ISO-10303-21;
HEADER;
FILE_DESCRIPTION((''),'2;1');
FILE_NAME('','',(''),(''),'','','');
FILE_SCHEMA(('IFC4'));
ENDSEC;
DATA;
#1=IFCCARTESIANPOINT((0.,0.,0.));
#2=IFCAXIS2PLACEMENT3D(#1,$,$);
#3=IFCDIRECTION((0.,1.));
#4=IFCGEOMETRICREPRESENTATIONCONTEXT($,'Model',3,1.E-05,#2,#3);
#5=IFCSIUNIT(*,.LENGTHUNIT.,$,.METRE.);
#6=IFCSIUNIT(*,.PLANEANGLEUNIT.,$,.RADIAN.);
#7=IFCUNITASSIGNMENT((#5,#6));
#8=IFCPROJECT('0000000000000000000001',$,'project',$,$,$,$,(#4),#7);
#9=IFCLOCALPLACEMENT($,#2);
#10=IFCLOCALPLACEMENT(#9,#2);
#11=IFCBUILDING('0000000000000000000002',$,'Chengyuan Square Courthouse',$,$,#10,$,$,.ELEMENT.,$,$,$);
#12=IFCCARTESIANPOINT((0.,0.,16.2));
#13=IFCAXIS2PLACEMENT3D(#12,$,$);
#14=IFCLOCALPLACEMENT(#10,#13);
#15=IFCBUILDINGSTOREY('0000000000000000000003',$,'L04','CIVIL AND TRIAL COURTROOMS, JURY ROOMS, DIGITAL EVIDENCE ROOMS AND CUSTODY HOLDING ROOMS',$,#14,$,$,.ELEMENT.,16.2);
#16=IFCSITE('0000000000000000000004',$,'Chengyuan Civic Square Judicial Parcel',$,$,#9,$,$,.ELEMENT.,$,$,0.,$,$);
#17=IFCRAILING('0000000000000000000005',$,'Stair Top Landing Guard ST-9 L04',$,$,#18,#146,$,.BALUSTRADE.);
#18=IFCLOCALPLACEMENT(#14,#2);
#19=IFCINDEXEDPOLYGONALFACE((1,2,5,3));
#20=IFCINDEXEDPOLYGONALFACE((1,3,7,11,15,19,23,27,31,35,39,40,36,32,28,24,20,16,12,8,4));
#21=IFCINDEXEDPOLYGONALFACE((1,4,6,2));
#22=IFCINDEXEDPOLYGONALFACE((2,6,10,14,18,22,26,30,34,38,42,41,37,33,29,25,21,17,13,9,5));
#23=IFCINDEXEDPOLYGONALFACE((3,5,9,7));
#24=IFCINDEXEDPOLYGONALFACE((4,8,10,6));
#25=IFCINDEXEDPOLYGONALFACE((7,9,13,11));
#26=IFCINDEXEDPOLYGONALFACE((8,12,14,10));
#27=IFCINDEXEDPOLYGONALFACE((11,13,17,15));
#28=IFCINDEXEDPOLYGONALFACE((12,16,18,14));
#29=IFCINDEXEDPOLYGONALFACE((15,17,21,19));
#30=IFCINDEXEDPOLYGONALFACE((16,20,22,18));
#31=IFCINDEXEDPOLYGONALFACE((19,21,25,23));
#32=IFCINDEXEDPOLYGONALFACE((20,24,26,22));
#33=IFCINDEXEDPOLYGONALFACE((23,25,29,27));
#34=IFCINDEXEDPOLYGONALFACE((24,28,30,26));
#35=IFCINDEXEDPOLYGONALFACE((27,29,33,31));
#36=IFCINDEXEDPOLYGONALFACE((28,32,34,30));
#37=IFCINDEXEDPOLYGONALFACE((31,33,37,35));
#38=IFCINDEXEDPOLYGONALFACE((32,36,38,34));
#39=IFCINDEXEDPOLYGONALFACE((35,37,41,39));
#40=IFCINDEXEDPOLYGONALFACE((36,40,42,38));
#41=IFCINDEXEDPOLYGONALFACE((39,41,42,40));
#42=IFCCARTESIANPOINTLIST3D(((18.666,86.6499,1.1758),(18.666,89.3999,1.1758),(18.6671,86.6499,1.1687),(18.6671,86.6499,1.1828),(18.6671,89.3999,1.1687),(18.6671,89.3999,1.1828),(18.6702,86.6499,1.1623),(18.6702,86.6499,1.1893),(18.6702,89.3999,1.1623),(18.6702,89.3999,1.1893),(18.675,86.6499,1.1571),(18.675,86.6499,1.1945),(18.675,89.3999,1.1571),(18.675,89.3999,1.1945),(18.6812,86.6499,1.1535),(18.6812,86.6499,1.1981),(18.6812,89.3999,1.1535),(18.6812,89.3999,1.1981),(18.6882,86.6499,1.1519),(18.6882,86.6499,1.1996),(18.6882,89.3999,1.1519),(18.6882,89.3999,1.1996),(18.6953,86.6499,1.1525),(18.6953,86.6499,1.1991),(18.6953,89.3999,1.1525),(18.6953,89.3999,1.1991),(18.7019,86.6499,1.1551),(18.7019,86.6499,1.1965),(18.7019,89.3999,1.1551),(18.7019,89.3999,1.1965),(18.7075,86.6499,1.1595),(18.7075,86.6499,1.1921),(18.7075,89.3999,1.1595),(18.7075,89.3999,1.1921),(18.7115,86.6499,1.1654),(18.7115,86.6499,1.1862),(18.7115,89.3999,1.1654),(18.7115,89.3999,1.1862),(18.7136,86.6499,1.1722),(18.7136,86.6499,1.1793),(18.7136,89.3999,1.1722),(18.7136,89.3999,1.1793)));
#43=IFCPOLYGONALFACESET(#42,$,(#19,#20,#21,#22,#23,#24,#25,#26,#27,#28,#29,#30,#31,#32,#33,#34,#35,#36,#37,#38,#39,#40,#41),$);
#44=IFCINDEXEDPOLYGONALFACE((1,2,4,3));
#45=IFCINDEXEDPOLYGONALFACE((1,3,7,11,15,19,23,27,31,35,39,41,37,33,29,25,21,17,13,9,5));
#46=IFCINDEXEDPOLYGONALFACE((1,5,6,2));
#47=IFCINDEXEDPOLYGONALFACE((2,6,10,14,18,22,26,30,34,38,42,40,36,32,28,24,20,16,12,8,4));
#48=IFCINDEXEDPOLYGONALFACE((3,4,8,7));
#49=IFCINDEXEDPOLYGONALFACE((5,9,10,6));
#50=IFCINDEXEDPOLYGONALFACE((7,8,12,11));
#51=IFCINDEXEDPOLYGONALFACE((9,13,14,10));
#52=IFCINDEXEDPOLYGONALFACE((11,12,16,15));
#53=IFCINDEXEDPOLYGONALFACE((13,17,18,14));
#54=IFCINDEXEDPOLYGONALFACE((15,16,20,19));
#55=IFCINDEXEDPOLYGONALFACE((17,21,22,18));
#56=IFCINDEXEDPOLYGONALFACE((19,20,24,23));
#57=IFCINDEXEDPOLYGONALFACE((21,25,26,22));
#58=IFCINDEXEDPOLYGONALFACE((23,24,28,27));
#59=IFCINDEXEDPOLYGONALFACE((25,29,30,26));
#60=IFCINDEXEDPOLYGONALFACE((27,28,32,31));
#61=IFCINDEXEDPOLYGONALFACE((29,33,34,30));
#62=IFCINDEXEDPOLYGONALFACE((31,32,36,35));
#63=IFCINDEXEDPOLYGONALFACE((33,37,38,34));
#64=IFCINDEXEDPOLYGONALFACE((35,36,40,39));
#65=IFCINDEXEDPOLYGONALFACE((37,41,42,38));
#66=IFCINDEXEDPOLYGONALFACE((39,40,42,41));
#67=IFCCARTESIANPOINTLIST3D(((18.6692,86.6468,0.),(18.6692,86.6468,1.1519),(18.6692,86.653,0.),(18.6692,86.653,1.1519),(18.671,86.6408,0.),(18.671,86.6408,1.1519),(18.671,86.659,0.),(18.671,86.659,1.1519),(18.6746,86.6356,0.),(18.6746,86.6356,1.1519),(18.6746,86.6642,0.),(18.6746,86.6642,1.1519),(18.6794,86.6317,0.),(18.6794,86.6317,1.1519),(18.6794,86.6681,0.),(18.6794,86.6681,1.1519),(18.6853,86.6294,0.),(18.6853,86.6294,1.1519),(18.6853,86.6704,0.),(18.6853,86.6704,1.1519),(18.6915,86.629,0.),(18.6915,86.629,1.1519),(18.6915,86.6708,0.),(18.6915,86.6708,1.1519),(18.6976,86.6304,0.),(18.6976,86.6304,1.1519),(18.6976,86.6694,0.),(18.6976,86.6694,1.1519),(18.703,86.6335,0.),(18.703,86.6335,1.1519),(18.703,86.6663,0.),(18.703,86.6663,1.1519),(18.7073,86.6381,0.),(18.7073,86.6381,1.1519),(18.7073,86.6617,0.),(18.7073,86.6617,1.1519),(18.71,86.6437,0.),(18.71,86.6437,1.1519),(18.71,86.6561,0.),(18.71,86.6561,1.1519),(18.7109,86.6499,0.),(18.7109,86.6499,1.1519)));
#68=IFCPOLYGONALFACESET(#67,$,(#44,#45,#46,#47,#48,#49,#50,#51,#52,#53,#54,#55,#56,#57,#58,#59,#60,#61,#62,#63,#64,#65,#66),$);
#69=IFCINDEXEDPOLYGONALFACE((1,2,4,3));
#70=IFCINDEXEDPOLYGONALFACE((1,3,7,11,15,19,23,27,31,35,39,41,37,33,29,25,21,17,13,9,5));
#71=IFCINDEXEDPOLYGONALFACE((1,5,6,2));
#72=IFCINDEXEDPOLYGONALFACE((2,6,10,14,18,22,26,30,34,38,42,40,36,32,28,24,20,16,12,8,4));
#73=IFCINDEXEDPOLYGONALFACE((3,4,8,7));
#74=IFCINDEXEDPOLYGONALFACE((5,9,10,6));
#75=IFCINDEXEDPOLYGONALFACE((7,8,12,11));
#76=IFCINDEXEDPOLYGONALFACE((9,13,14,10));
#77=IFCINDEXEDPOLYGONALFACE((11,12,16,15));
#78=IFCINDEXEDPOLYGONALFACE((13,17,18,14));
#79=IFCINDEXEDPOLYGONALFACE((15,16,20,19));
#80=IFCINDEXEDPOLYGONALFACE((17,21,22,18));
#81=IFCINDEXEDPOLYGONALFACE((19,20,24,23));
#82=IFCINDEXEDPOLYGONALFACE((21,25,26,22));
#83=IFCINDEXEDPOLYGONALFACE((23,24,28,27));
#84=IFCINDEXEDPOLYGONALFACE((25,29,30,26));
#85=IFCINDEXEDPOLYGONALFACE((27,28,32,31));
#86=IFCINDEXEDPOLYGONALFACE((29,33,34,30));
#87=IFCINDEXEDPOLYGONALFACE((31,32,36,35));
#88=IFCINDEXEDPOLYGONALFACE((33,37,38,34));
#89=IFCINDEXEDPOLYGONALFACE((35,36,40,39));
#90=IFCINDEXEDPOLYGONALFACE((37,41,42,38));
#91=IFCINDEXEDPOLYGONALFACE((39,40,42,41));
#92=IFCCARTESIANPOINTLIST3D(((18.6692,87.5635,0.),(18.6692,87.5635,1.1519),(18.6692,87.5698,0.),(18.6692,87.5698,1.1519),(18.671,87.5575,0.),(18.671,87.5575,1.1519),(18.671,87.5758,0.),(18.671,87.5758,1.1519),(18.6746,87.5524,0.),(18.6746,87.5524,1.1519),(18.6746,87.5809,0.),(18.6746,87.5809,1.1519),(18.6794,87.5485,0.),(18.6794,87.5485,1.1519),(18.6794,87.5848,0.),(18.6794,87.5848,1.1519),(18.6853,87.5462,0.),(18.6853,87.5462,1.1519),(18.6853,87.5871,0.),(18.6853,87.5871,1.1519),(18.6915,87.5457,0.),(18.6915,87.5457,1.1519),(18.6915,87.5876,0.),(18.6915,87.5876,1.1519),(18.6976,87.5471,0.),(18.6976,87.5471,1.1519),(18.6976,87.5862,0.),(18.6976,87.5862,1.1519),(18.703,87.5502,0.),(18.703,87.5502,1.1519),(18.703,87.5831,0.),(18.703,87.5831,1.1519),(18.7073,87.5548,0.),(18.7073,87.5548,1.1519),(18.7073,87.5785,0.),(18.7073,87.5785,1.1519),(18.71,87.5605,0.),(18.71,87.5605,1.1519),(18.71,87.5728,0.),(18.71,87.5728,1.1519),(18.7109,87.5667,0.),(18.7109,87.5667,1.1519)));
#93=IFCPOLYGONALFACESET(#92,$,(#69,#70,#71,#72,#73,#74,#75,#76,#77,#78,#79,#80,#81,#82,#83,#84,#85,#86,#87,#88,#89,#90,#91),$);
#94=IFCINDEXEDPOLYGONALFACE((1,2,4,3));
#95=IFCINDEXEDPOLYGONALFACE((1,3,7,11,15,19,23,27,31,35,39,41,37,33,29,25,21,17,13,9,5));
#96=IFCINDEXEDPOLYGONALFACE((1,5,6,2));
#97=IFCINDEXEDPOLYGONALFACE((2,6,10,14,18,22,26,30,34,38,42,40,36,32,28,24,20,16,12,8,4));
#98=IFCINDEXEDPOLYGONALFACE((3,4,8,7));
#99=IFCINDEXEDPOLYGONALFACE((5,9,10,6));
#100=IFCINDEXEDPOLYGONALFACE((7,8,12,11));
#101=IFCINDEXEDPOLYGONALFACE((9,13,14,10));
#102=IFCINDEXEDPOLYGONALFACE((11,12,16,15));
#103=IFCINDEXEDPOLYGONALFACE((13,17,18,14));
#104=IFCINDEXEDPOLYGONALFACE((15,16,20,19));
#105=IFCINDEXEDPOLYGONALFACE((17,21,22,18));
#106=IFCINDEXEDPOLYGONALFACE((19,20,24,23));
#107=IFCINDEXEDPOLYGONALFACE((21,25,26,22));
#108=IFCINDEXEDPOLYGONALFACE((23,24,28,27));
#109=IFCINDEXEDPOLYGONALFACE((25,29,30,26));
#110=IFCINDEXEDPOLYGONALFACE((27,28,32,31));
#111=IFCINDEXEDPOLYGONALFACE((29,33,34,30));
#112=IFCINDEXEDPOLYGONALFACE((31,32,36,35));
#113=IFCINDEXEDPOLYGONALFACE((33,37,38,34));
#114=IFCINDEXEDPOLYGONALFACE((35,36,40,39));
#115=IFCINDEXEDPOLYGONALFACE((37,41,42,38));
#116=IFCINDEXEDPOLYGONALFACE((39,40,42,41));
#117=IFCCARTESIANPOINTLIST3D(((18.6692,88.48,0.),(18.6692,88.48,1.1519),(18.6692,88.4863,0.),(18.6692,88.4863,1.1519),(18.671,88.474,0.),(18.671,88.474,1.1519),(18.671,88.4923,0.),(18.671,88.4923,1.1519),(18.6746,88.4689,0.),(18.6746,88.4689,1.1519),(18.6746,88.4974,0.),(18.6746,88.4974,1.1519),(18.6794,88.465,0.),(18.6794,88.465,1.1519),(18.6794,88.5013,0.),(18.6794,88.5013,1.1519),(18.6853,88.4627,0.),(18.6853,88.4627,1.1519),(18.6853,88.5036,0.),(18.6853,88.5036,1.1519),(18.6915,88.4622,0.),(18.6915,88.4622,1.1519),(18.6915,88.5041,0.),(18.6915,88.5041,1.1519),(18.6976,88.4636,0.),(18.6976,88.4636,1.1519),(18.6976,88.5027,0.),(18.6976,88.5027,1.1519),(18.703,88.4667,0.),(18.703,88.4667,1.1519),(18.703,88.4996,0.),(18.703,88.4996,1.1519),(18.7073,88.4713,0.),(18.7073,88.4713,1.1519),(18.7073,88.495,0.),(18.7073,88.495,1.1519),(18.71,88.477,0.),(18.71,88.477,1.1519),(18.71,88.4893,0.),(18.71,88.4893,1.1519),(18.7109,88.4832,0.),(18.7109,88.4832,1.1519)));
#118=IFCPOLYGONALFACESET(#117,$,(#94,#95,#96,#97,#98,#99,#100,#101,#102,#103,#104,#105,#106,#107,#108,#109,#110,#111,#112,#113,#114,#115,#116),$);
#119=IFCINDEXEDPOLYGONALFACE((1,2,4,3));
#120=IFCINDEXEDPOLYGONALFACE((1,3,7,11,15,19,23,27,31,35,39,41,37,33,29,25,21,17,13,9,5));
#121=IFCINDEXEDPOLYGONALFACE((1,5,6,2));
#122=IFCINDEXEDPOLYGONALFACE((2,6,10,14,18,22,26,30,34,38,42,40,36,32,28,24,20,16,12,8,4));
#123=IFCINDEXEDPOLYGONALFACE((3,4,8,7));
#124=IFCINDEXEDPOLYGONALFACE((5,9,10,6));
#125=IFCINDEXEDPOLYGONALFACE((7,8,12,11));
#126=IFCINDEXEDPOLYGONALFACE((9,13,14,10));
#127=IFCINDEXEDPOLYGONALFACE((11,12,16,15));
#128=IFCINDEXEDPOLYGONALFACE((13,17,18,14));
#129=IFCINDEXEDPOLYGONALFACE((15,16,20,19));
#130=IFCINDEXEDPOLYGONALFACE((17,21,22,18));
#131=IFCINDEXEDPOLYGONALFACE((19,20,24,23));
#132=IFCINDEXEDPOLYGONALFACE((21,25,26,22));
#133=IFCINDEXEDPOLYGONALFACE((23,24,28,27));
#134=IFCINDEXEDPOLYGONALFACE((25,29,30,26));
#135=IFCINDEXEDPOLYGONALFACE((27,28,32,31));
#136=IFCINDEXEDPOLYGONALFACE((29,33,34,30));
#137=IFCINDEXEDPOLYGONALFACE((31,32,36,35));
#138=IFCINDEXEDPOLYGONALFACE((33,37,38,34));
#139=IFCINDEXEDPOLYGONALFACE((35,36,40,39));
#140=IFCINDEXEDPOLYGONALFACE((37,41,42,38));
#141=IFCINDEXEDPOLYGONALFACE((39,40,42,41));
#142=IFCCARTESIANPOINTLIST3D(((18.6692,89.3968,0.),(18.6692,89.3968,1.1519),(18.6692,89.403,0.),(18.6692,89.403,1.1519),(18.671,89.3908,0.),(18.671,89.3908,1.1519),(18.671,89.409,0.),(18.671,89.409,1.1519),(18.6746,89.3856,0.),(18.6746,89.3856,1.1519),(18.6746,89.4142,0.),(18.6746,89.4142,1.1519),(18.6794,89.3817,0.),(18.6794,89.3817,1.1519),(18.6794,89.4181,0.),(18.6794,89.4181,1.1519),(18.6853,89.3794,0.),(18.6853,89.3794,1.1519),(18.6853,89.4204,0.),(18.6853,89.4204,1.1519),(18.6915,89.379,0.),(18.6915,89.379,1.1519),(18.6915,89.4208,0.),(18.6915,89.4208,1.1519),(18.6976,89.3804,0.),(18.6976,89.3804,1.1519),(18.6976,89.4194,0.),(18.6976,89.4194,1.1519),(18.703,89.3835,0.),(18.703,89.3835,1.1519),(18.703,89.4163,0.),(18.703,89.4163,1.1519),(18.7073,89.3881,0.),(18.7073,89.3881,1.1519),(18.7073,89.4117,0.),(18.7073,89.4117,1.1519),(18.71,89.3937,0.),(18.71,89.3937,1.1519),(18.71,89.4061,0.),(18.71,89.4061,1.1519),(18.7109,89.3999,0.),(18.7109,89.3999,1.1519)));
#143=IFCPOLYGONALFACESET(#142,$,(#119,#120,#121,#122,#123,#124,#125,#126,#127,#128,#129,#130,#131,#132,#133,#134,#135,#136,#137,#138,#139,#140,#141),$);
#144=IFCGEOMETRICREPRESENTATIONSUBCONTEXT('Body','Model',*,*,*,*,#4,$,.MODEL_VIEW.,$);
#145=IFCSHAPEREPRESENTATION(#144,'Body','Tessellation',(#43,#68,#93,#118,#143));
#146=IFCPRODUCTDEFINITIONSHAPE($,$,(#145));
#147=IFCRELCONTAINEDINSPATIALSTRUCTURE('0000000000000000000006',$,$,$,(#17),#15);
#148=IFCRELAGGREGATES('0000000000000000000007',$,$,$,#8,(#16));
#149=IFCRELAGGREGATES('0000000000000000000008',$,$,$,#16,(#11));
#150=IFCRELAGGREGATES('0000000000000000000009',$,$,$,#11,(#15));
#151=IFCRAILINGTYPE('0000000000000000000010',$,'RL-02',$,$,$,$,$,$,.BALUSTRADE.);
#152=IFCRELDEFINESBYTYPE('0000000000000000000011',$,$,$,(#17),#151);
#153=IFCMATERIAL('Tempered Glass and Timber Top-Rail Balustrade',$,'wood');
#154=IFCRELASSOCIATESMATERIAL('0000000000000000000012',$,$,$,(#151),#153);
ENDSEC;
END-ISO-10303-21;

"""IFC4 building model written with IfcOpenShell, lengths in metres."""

from ifc_helpers import new_model, si_unit, direction, frame, origin, origin_2d, place, context, subcontext, project, spatial, circle, extrude, material, type_object, element, save


model = new_model("IFC4")

# Units and contexts
model_context = context("Model", 3, precision=1e-05, world=origin(), true_north=direction((0.0, 1.0)))
body_context = subcontext(model_context, "Body", "Model", "MODEL_VIEW")
ifc_project = project(units=[si_unit("LENGTHUNIT", "METRE"), si_unit("PLANEANGLEUNIT", "RADIAN")], contexts=[model_context])

# Site, building, storey
site_placement = place(None, origin())
site = spatial("IfcSite", under=ifc_project, at=site_placement, Name="Chengyuan Civic Square Judicial Parcel", CompositionType="ELEMENT", RefElevation=0.0)
building_placement = place(site_placement, origin())
building = spatial("IfcBuilding", under=site, at=building_placement, Name="Chengyuan Square Courthouse", CompositionType="ELEMENT")
storey_placement = place(building_placement, frame((0.0, 0.0, 16.2)))
storey = spatial("IfcBuildingStorey", under=building, at=storey_placement, Name="L04", Description="CIVIL AND TRIAL COURTROOMS, JURY ROOMS, DIGITAL EVIDENCE ROOMS AND CUSTODY HOLDING ROOMS", CompositionType="ELEMENT", Elevation=16.2)

# Railing
ifc_material_1 = material(Name="Tempered Glass and Timber Top-Rail Balustrade", Category="wood")
railing_type = type_object("IfcRailingType", Name="RL-02", PredefinedType="BALUSTRADE", material=ifc_material_1)
railing_placement = place(storey_placement, frame((18.6899, 86.6499, 0.0)))
element("IfcRailing", 1, at=railing_placement, inside=storey, type_object=railing_type, Name="Stair Top Landing Guard ST-9 L04", PredefinedType="BALUSTRADE", context=body_context, shape_type="SweptSolid", body=[
    extrude(circle(Radius=0.0239, at=origin_2d()), frame((0.0, 0.0, 1.1758), z_axis=(0.0, 1.0, 0.0), x_axis=(-1.0, 0.0, 0.0)), (0.0, 0.0, 1.0), 2.75),
    extrude(circle(Radius=0.021, at=origin_2d()), origin(), (0.0, 0.0, 1.0), 1.1519),
    extrude(circle(Radius=0.021, at=origin_2d()), frame((0.0, 0.9167, 0.0)), (0.0, 0.0, 1.0), 1.1519),
    extrude(circle(Radius=0.021, at=origin_2d()), frame((0.0, 1.8333, 0.0)), (0.0, 0.0, 1.0), 1.1519),
    extrude(circle(Radius=0.021, at=origin_2d()), frame((0.0, 2.75, 0.0)), (0.0, 0.0, 1.0), 1.1519),
])

save(model, "model.ifc")
